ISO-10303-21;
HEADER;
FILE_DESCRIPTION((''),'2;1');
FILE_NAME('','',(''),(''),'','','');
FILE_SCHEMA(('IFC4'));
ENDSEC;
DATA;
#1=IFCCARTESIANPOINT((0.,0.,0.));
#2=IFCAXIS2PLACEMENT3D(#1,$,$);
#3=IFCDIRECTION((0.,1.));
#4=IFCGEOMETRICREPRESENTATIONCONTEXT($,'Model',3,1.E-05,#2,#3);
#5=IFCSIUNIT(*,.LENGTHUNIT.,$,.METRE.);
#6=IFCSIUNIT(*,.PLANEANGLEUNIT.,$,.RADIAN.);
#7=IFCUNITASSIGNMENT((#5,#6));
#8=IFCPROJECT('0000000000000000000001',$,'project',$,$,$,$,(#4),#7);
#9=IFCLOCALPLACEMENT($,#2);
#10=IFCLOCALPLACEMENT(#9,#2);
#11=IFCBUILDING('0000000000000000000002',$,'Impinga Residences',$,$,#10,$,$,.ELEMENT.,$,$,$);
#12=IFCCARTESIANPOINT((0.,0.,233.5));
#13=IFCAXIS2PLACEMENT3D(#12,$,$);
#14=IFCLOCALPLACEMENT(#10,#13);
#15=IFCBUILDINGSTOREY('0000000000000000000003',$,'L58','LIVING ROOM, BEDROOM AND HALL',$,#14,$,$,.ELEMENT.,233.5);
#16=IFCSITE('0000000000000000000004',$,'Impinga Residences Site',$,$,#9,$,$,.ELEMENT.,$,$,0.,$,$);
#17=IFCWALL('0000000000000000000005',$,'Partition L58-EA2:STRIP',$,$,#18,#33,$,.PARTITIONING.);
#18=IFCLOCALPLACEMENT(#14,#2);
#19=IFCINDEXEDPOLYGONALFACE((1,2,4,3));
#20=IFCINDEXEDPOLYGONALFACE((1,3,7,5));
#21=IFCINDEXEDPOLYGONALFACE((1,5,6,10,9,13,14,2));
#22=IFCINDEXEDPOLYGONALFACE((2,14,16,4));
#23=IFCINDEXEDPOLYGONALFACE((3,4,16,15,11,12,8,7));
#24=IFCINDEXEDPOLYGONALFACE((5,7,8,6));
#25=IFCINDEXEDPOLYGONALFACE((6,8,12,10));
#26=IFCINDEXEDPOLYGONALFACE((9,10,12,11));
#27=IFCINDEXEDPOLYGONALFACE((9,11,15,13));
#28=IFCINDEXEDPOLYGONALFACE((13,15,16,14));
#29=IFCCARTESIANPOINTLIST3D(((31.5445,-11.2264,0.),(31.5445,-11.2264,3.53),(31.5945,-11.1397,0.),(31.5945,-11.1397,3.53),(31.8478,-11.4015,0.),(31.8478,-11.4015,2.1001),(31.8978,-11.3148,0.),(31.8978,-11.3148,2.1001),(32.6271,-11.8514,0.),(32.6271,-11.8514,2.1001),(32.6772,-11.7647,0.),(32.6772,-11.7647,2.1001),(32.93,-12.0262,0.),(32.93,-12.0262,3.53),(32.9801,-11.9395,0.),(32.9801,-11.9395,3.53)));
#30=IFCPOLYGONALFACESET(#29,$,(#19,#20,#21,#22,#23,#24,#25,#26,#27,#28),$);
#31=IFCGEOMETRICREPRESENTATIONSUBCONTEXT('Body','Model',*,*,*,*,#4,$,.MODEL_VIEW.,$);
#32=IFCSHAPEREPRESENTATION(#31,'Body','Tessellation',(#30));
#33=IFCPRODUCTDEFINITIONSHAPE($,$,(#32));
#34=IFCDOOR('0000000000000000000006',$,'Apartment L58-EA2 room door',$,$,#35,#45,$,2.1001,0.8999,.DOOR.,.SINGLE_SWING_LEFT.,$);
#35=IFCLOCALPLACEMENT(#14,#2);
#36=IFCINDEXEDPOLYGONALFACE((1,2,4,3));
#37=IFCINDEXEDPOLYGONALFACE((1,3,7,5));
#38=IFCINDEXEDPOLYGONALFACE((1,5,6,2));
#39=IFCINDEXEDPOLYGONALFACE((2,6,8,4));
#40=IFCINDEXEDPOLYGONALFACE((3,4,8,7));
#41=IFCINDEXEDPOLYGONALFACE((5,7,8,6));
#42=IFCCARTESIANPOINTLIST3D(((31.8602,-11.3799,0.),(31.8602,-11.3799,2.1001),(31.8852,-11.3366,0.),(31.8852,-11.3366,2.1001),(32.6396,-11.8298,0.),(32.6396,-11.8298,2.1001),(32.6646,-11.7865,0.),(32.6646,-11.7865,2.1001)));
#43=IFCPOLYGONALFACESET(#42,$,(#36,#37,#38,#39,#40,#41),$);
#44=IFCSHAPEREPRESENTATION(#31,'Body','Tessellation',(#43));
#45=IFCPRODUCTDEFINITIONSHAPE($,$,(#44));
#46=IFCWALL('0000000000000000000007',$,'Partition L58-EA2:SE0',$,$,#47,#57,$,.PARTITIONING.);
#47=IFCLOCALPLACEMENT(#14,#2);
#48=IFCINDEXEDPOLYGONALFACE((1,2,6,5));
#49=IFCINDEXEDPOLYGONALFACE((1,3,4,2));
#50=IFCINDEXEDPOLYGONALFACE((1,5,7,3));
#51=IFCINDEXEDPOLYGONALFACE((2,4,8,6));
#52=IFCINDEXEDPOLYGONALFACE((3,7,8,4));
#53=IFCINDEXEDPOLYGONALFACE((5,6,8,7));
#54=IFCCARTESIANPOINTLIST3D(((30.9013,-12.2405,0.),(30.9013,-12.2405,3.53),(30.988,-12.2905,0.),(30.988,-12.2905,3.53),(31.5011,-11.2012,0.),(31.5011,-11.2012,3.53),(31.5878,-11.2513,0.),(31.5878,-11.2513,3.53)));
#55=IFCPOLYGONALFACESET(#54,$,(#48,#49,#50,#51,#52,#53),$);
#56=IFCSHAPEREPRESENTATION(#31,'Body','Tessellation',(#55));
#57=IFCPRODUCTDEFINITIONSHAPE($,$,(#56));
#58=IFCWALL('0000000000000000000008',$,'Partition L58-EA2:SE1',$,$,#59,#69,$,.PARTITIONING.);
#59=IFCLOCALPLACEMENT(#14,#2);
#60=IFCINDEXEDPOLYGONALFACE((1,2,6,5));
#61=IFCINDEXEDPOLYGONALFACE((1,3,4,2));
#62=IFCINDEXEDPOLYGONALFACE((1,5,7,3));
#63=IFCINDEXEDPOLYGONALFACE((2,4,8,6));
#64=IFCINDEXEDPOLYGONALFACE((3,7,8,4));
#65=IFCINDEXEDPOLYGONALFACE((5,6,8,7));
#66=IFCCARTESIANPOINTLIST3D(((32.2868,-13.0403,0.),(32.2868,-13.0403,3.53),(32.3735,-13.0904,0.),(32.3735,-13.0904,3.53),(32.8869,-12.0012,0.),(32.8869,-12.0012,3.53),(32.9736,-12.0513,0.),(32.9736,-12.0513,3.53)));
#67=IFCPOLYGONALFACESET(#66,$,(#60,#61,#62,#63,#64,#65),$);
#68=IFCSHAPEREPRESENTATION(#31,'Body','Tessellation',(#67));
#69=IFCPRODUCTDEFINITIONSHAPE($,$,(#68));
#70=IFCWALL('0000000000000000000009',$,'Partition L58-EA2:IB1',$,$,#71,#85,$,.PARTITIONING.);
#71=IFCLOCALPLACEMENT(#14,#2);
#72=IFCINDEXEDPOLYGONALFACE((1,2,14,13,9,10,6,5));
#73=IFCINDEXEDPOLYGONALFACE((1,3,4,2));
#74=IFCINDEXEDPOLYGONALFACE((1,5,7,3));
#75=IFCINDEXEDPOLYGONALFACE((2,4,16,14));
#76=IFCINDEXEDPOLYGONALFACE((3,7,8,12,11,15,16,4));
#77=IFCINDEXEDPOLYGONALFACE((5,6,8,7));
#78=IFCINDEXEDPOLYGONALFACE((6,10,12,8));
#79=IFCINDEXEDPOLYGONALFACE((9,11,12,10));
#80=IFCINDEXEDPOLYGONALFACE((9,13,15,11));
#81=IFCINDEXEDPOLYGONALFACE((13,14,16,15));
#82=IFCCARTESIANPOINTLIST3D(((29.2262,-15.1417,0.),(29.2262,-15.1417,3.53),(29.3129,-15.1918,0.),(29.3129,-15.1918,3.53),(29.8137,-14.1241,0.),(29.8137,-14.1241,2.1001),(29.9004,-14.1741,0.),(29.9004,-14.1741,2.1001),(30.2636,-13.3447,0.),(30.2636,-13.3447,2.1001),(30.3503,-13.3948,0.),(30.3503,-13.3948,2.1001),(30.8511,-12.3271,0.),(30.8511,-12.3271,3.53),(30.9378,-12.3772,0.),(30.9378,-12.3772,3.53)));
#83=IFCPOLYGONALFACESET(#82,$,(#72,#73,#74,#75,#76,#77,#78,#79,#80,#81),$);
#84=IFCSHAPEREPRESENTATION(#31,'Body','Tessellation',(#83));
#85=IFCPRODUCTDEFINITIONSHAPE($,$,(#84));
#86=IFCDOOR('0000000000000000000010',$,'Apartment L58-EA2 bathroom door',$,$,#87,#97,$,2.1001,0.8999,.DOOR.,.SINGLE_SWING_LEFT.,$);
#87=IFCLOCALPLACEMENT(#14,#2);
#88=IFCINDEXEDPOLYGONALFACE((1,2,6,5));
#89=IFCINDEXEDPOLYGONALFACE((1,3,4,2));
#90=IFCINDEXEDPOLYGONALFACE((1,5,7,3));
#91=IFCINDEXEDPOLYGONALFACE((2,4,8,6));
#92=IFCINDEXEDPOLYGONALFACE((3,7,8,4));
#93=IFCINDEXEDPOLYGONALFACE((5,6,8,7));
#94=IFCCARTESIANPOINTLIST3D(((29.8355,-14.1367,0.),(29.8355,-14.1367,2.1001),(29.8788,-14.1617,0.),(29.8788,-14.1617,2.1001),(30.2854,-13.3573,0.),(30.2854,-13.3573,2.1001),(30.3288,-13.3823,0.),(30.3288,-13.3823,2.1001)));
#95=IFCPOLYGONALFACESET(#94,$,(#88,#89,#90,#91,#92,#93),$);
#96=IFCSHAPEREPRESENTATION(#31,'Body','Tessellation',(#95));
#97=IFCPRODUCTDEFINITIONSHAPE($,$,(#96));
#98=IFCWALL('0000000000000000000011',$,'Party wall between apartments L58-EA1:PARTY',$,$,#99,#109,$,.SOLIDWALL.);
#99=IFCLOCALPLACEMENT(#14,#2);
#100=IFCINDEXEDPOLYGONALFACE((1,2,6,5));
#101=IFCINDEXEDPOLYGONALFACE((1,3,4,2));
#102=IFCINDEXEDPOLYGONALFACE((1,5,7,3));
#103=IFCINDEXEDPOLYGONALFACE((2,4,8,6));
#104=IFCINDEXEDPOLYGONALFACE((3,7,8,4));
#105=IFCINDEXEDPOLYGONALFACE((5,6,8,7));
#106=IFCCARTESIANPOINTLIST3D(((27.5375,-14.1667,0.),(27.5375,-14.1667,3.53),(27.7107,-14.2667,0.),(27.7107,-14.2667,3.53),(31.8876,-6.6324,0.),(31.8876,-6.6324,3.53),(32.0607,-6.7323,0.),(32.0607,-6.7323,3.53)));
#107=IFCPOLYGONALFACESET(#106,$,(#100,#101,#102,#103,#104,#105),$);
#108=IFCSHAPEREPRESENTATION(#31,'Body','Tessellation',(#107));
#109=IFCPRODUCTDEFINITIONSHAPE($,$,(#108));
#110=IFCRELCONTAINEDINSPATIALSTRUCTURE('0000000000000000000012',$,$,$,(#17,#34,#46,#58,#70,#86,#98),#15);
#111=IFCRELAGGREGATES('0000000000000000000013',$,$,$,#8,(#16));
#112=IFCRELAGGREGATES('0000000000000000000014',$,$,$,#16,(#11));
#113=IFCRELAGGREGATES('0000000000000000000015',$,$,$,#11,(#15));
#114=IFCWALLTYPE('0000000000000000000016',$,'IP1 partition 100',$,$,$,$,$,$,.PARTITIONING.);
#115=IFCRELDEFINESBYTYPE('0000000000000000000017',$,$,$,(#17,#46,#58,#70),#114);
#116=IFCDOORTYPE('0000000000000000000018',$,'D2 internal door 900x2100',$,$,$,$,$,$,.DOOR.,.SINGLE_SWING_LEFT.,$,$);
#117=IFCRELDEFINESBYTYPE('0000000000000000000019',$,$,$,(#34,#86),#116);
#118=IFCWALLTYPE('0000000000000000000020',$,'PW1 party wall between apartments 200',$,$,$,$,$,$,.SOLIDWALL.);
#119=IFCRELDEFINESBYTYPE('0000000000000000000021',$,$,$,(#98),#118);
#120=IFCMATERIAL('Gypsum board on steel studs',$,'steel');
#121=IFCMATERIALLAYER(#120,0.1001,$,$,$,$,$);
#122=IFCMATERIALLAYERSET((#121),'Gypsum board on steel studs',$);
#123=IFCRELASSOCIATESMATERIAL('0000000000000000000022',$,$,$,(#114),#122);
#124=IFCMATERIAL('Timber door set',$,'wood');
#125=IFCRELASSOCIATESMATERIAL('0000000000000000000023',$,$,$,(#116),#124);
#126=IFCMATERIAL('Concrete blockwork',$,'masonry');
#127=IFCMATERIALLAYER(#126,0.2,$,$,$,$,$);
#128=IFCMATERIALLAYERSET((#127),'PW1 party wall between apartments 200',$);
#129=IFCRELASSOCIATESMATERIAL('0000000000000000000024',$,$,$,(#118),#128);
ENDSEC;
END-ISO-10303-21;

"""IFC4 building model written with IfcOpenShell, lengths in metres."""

from ifc_helpers import new_model, si_unit, direction, frame, frame_2d, origin, place, context, subcontext, project, spatial, rectangle, extrude, material, layer, layer_set, type_object, element, fill, save


model = new_model("IFC4")

# Units and contexts
model_context = context("Model", 3, precision=1e-05, world=origin(), true_north=direction((0.0, 1.0)))
body_context = subcontext(model_context, "Body", "Model", "MODEL_VIEW")
ifc_project = project(units=[si_unit("LENGTHUNIT", "METRE"), si_unit("PLANEANGLEUNIT", "RADIAN")], contexts=[model_context])

# Site, building, storey
site_placement = place(None, origin())
site = spatial("IfcSite", under=ifc_project, at=site_placement, Name="Impinga Residences Site", CompositionType="ELEMENT", RefElevation=0.0)
building_placement = place(site_placement, origin())
building = spatial("IfcBuilding", under=site, at=building_placement, Name="Impinga Residences", CompositionType="ELEMENT")
storey_placement = place(building_placement, frame((0.0, 0.0, 233.5)))
storey = spatial("IfcBuildingStorey", under=building, at=storey_placement, Name="L58", Description="LIVING ROOM, BEDROOM AND HALL", CompositionType="ELEMENT", Elevation=233.5)

# Shared definitions
ifc_material_1 = material(Name="Concrete blockwork", Category="masonry")
ifc_material_2 = material(Name="Timber door set", Category="wood")

# Shared definitions
ifc_material_3 = material(Name="Gypsum board on steel studs", Category="steel")
ifc_layer_1 = layer(ifc_material_3, 0.1001)
ifc_layer_set_1 = layer_set([ifc_layer_1], Name="Gypsum board on steel studs")
wall_type_1 = type_object("IfcWallType", Name="IP1 partition 100", PredefinedType="PARTITIONING", material=ifc_layer_set_1)

# Wall, opening, door
wall_1_placement = place(storey_placement, frame((31.5696, -11.1831, 0.0), z_axis=(0.0, 0.0, 1.0), x_axis=(0.866056, -0.499947, 0.0)))
wall_1 = element("IfcWall", 1, at=wall_1_placement, inside=storey, type_object=wall_type_1, Name="Partition L58-EA2:STRIP", PredefinedType="PARTITIONING", context=body_context, shape_type="SweptSolid", body=[
    extrude(rectangle(XDim=1.5999, YDim=0.1001, at=frame_2d((0.7998, 0.0))), origin(), (0.0, 0.0, 1.0), 3.53),
])
opening_1_placement = place(wall_1_placement, frame((0.3501, 0.0, 0.0)))
opening_1 = element("IfcOpeningElement", 2, at=opening_1_placement, cuts=wall_1, PredefinedType="OPENING", context=body_context, shape_type="SweptSolid", body=[
    extrude(rectangle(XDim=0.8999, YDim=2.1001, at=frame_2d((0.45, 1.05))), frame((0.0, 0.0601, 0.0), z_axis=(0.0, -1.0, 0.0), x_axis=(1.0, 0.0, 0.0)), (0.0, 0.0, 1.0), 0.1201),
])
door_type_1 = type_object("IfcDoorType", Name="D2 internal door 900x2100", OperationType="SINGLE_SWING_LEFT", PredefinedType="DOOR", material=ifc_material_2)
door_1_placement = place(opening_1_placement, origin())
door_1 = element("IfcDoor", 3, at=door_1_placement, inside=storey, type_object=door_type_1, Name="Apartment L58-EA2 room door", OperationType="SINGLE_SWING_LEFT", OverallHeight=2.1001, OverallWidth=0.8999, PredefinedType="DOOR", context=body_context, shape_type="SweptSolid", body=[
    extrude(rectangle(XDim=0.8999, YDim=2.1001, at=frame_2d((0.45, 1.05))), frame((0.0, 0.0249, 0.0), z_axis=(0.0, -1.0, 0.0), x_axis=(1.0, 0.0, 0.0)), (0.0, 0.0, 1.0), 0.05),
])
fill(opening_1, door_1)

# Walls
for number, where, z_axis, x_axis, name in (
    (4, (30.9446, -12.2656, 0.0), (0.0, 0.0, 1.0), (0.499881, 0.866094, 0.0), "Partition L58-EA2:SE0"),
    (5, (32.3301, -13.0654, 0.0), (0.0, 0.0, 1.0), (0.500122, 0.865955, 0.0), "Partition L58-EA2:SE1"),
):
    element("IfcWall", number, at=place(storey_placement, frame(where, z_axis=z_axis, x_axis=x_axis)), inside=storey, type_object=wall_type_1, Name=name, PredefinedType="PARTITIONING", context=body_context, shape_type="SweptSolid", body=[
        extrude(rectangle(XDim=1.2, YDim=0.1001, at=frame_2d((0.6001, 0.0))), origin(), (0.0, 0.0, 1.0), 3.53),
    ])

# Wall, opening, door
wall_2_placement = place(storey_placement, frame((29.2695, -15.1667, 0.0), z_axis=(0.0, 0.0, 1.0), x_axis=(0.499985, 0.866034, 0.0)))
wall_2 = element("IfcWall", 6, at=wall_2_placement, inside=storey, type_object=wall_type_1, Name="Partition L58-EA2:IB1", PredefinedType="PARTITIONING", context=body_context, shape_type="SweptSolid", body=[
    extrude(rectangle(XDim=3.25, YDim=0.1001, at=frame_2d((1.625, 0.0))), origin(), (0.0, 0.0, 1.0), 3.53),
])
opening_2_placement = place(wall_2_placement, frame((1.175, 0.0, 0.0)))
opening_2 = element("IfcOpeningElement", 7, at=opening_2_placement, cuts=wall_2, PredefinedType="OPENING", context=body_context, shape_type="SweptSolid", body=[
    extrude(rectangle(XDim=0.8999, YDim=2.1001, at=frame_2d((0.45, 1.05))), frame((0.0, 0.0601, 0.0), z_axis=(0.0, -1.0, 0.0), x_axis=(1.0, 0.0, 0.0)), (0.0, 0.0, 1.0), 0.1201),
])
door_2_placement = place(opening_2_placement, origin())
door_2 = element("IfcDoor", 8, at=door_2_placement, inside=storey, type_object=door_type_1, Name="Apartment L58-EA2 bathroom door", OperationType="SINGLE_SWING_LEFT", OverallHeight=2.1001, OverallWidth=0.8999, PredefinedType="DOOR", context=body_context, shape_type="SweptSolid", body=[
    extrude(rectangle(XDim=0.8999, YDim=2.1001, at=frame_2d((0.45, 1.05))), frame((0.0, 0.0249, 0.0), z_axis=(0.0, -1.0, 0.0), x_axis=(1.0, 0.0, 0.0)), (0.0, 0.0, 1.0), 0.05),
])
fill(opening_2, door_2)

# Wall
ifc_layer_2 = layer(ifc_material_1, 0.2)
ifc_layer_set_2 = layer_set([ifc_layer_2], Name="PW1 party wall between apartments 200")
wall_type_2 = type_object("IfcWallType", Name="PW1 party wall between apartments 200", PredefinedType="SOLIDWALL", material=ifc_layer_set_2)
wall_3_placement = place(storey_placement, frame((27.624, -14.2168, 0.0), z_axis=(0.0, 0.0, 1.0), x_axis=(0.500008, 0.866021, 0.0)))
element("IfcWall", 9, at=wall_3_placement, inside=storey, type_object=wall_type_2, Name="Party wall between apartments L58-EA1:PARTY", PredefinedType="SOLIDWALL", context=body_context, shape_type="SweptSolid", body=[
    extrude(rectangle(XDim=8.7, YDim=0.2, at=frame_2d((4.3501, 0.0))), origin(), (0.0, 0.0, 1.0), 3.53),
])

save(model, "model.ifc")
